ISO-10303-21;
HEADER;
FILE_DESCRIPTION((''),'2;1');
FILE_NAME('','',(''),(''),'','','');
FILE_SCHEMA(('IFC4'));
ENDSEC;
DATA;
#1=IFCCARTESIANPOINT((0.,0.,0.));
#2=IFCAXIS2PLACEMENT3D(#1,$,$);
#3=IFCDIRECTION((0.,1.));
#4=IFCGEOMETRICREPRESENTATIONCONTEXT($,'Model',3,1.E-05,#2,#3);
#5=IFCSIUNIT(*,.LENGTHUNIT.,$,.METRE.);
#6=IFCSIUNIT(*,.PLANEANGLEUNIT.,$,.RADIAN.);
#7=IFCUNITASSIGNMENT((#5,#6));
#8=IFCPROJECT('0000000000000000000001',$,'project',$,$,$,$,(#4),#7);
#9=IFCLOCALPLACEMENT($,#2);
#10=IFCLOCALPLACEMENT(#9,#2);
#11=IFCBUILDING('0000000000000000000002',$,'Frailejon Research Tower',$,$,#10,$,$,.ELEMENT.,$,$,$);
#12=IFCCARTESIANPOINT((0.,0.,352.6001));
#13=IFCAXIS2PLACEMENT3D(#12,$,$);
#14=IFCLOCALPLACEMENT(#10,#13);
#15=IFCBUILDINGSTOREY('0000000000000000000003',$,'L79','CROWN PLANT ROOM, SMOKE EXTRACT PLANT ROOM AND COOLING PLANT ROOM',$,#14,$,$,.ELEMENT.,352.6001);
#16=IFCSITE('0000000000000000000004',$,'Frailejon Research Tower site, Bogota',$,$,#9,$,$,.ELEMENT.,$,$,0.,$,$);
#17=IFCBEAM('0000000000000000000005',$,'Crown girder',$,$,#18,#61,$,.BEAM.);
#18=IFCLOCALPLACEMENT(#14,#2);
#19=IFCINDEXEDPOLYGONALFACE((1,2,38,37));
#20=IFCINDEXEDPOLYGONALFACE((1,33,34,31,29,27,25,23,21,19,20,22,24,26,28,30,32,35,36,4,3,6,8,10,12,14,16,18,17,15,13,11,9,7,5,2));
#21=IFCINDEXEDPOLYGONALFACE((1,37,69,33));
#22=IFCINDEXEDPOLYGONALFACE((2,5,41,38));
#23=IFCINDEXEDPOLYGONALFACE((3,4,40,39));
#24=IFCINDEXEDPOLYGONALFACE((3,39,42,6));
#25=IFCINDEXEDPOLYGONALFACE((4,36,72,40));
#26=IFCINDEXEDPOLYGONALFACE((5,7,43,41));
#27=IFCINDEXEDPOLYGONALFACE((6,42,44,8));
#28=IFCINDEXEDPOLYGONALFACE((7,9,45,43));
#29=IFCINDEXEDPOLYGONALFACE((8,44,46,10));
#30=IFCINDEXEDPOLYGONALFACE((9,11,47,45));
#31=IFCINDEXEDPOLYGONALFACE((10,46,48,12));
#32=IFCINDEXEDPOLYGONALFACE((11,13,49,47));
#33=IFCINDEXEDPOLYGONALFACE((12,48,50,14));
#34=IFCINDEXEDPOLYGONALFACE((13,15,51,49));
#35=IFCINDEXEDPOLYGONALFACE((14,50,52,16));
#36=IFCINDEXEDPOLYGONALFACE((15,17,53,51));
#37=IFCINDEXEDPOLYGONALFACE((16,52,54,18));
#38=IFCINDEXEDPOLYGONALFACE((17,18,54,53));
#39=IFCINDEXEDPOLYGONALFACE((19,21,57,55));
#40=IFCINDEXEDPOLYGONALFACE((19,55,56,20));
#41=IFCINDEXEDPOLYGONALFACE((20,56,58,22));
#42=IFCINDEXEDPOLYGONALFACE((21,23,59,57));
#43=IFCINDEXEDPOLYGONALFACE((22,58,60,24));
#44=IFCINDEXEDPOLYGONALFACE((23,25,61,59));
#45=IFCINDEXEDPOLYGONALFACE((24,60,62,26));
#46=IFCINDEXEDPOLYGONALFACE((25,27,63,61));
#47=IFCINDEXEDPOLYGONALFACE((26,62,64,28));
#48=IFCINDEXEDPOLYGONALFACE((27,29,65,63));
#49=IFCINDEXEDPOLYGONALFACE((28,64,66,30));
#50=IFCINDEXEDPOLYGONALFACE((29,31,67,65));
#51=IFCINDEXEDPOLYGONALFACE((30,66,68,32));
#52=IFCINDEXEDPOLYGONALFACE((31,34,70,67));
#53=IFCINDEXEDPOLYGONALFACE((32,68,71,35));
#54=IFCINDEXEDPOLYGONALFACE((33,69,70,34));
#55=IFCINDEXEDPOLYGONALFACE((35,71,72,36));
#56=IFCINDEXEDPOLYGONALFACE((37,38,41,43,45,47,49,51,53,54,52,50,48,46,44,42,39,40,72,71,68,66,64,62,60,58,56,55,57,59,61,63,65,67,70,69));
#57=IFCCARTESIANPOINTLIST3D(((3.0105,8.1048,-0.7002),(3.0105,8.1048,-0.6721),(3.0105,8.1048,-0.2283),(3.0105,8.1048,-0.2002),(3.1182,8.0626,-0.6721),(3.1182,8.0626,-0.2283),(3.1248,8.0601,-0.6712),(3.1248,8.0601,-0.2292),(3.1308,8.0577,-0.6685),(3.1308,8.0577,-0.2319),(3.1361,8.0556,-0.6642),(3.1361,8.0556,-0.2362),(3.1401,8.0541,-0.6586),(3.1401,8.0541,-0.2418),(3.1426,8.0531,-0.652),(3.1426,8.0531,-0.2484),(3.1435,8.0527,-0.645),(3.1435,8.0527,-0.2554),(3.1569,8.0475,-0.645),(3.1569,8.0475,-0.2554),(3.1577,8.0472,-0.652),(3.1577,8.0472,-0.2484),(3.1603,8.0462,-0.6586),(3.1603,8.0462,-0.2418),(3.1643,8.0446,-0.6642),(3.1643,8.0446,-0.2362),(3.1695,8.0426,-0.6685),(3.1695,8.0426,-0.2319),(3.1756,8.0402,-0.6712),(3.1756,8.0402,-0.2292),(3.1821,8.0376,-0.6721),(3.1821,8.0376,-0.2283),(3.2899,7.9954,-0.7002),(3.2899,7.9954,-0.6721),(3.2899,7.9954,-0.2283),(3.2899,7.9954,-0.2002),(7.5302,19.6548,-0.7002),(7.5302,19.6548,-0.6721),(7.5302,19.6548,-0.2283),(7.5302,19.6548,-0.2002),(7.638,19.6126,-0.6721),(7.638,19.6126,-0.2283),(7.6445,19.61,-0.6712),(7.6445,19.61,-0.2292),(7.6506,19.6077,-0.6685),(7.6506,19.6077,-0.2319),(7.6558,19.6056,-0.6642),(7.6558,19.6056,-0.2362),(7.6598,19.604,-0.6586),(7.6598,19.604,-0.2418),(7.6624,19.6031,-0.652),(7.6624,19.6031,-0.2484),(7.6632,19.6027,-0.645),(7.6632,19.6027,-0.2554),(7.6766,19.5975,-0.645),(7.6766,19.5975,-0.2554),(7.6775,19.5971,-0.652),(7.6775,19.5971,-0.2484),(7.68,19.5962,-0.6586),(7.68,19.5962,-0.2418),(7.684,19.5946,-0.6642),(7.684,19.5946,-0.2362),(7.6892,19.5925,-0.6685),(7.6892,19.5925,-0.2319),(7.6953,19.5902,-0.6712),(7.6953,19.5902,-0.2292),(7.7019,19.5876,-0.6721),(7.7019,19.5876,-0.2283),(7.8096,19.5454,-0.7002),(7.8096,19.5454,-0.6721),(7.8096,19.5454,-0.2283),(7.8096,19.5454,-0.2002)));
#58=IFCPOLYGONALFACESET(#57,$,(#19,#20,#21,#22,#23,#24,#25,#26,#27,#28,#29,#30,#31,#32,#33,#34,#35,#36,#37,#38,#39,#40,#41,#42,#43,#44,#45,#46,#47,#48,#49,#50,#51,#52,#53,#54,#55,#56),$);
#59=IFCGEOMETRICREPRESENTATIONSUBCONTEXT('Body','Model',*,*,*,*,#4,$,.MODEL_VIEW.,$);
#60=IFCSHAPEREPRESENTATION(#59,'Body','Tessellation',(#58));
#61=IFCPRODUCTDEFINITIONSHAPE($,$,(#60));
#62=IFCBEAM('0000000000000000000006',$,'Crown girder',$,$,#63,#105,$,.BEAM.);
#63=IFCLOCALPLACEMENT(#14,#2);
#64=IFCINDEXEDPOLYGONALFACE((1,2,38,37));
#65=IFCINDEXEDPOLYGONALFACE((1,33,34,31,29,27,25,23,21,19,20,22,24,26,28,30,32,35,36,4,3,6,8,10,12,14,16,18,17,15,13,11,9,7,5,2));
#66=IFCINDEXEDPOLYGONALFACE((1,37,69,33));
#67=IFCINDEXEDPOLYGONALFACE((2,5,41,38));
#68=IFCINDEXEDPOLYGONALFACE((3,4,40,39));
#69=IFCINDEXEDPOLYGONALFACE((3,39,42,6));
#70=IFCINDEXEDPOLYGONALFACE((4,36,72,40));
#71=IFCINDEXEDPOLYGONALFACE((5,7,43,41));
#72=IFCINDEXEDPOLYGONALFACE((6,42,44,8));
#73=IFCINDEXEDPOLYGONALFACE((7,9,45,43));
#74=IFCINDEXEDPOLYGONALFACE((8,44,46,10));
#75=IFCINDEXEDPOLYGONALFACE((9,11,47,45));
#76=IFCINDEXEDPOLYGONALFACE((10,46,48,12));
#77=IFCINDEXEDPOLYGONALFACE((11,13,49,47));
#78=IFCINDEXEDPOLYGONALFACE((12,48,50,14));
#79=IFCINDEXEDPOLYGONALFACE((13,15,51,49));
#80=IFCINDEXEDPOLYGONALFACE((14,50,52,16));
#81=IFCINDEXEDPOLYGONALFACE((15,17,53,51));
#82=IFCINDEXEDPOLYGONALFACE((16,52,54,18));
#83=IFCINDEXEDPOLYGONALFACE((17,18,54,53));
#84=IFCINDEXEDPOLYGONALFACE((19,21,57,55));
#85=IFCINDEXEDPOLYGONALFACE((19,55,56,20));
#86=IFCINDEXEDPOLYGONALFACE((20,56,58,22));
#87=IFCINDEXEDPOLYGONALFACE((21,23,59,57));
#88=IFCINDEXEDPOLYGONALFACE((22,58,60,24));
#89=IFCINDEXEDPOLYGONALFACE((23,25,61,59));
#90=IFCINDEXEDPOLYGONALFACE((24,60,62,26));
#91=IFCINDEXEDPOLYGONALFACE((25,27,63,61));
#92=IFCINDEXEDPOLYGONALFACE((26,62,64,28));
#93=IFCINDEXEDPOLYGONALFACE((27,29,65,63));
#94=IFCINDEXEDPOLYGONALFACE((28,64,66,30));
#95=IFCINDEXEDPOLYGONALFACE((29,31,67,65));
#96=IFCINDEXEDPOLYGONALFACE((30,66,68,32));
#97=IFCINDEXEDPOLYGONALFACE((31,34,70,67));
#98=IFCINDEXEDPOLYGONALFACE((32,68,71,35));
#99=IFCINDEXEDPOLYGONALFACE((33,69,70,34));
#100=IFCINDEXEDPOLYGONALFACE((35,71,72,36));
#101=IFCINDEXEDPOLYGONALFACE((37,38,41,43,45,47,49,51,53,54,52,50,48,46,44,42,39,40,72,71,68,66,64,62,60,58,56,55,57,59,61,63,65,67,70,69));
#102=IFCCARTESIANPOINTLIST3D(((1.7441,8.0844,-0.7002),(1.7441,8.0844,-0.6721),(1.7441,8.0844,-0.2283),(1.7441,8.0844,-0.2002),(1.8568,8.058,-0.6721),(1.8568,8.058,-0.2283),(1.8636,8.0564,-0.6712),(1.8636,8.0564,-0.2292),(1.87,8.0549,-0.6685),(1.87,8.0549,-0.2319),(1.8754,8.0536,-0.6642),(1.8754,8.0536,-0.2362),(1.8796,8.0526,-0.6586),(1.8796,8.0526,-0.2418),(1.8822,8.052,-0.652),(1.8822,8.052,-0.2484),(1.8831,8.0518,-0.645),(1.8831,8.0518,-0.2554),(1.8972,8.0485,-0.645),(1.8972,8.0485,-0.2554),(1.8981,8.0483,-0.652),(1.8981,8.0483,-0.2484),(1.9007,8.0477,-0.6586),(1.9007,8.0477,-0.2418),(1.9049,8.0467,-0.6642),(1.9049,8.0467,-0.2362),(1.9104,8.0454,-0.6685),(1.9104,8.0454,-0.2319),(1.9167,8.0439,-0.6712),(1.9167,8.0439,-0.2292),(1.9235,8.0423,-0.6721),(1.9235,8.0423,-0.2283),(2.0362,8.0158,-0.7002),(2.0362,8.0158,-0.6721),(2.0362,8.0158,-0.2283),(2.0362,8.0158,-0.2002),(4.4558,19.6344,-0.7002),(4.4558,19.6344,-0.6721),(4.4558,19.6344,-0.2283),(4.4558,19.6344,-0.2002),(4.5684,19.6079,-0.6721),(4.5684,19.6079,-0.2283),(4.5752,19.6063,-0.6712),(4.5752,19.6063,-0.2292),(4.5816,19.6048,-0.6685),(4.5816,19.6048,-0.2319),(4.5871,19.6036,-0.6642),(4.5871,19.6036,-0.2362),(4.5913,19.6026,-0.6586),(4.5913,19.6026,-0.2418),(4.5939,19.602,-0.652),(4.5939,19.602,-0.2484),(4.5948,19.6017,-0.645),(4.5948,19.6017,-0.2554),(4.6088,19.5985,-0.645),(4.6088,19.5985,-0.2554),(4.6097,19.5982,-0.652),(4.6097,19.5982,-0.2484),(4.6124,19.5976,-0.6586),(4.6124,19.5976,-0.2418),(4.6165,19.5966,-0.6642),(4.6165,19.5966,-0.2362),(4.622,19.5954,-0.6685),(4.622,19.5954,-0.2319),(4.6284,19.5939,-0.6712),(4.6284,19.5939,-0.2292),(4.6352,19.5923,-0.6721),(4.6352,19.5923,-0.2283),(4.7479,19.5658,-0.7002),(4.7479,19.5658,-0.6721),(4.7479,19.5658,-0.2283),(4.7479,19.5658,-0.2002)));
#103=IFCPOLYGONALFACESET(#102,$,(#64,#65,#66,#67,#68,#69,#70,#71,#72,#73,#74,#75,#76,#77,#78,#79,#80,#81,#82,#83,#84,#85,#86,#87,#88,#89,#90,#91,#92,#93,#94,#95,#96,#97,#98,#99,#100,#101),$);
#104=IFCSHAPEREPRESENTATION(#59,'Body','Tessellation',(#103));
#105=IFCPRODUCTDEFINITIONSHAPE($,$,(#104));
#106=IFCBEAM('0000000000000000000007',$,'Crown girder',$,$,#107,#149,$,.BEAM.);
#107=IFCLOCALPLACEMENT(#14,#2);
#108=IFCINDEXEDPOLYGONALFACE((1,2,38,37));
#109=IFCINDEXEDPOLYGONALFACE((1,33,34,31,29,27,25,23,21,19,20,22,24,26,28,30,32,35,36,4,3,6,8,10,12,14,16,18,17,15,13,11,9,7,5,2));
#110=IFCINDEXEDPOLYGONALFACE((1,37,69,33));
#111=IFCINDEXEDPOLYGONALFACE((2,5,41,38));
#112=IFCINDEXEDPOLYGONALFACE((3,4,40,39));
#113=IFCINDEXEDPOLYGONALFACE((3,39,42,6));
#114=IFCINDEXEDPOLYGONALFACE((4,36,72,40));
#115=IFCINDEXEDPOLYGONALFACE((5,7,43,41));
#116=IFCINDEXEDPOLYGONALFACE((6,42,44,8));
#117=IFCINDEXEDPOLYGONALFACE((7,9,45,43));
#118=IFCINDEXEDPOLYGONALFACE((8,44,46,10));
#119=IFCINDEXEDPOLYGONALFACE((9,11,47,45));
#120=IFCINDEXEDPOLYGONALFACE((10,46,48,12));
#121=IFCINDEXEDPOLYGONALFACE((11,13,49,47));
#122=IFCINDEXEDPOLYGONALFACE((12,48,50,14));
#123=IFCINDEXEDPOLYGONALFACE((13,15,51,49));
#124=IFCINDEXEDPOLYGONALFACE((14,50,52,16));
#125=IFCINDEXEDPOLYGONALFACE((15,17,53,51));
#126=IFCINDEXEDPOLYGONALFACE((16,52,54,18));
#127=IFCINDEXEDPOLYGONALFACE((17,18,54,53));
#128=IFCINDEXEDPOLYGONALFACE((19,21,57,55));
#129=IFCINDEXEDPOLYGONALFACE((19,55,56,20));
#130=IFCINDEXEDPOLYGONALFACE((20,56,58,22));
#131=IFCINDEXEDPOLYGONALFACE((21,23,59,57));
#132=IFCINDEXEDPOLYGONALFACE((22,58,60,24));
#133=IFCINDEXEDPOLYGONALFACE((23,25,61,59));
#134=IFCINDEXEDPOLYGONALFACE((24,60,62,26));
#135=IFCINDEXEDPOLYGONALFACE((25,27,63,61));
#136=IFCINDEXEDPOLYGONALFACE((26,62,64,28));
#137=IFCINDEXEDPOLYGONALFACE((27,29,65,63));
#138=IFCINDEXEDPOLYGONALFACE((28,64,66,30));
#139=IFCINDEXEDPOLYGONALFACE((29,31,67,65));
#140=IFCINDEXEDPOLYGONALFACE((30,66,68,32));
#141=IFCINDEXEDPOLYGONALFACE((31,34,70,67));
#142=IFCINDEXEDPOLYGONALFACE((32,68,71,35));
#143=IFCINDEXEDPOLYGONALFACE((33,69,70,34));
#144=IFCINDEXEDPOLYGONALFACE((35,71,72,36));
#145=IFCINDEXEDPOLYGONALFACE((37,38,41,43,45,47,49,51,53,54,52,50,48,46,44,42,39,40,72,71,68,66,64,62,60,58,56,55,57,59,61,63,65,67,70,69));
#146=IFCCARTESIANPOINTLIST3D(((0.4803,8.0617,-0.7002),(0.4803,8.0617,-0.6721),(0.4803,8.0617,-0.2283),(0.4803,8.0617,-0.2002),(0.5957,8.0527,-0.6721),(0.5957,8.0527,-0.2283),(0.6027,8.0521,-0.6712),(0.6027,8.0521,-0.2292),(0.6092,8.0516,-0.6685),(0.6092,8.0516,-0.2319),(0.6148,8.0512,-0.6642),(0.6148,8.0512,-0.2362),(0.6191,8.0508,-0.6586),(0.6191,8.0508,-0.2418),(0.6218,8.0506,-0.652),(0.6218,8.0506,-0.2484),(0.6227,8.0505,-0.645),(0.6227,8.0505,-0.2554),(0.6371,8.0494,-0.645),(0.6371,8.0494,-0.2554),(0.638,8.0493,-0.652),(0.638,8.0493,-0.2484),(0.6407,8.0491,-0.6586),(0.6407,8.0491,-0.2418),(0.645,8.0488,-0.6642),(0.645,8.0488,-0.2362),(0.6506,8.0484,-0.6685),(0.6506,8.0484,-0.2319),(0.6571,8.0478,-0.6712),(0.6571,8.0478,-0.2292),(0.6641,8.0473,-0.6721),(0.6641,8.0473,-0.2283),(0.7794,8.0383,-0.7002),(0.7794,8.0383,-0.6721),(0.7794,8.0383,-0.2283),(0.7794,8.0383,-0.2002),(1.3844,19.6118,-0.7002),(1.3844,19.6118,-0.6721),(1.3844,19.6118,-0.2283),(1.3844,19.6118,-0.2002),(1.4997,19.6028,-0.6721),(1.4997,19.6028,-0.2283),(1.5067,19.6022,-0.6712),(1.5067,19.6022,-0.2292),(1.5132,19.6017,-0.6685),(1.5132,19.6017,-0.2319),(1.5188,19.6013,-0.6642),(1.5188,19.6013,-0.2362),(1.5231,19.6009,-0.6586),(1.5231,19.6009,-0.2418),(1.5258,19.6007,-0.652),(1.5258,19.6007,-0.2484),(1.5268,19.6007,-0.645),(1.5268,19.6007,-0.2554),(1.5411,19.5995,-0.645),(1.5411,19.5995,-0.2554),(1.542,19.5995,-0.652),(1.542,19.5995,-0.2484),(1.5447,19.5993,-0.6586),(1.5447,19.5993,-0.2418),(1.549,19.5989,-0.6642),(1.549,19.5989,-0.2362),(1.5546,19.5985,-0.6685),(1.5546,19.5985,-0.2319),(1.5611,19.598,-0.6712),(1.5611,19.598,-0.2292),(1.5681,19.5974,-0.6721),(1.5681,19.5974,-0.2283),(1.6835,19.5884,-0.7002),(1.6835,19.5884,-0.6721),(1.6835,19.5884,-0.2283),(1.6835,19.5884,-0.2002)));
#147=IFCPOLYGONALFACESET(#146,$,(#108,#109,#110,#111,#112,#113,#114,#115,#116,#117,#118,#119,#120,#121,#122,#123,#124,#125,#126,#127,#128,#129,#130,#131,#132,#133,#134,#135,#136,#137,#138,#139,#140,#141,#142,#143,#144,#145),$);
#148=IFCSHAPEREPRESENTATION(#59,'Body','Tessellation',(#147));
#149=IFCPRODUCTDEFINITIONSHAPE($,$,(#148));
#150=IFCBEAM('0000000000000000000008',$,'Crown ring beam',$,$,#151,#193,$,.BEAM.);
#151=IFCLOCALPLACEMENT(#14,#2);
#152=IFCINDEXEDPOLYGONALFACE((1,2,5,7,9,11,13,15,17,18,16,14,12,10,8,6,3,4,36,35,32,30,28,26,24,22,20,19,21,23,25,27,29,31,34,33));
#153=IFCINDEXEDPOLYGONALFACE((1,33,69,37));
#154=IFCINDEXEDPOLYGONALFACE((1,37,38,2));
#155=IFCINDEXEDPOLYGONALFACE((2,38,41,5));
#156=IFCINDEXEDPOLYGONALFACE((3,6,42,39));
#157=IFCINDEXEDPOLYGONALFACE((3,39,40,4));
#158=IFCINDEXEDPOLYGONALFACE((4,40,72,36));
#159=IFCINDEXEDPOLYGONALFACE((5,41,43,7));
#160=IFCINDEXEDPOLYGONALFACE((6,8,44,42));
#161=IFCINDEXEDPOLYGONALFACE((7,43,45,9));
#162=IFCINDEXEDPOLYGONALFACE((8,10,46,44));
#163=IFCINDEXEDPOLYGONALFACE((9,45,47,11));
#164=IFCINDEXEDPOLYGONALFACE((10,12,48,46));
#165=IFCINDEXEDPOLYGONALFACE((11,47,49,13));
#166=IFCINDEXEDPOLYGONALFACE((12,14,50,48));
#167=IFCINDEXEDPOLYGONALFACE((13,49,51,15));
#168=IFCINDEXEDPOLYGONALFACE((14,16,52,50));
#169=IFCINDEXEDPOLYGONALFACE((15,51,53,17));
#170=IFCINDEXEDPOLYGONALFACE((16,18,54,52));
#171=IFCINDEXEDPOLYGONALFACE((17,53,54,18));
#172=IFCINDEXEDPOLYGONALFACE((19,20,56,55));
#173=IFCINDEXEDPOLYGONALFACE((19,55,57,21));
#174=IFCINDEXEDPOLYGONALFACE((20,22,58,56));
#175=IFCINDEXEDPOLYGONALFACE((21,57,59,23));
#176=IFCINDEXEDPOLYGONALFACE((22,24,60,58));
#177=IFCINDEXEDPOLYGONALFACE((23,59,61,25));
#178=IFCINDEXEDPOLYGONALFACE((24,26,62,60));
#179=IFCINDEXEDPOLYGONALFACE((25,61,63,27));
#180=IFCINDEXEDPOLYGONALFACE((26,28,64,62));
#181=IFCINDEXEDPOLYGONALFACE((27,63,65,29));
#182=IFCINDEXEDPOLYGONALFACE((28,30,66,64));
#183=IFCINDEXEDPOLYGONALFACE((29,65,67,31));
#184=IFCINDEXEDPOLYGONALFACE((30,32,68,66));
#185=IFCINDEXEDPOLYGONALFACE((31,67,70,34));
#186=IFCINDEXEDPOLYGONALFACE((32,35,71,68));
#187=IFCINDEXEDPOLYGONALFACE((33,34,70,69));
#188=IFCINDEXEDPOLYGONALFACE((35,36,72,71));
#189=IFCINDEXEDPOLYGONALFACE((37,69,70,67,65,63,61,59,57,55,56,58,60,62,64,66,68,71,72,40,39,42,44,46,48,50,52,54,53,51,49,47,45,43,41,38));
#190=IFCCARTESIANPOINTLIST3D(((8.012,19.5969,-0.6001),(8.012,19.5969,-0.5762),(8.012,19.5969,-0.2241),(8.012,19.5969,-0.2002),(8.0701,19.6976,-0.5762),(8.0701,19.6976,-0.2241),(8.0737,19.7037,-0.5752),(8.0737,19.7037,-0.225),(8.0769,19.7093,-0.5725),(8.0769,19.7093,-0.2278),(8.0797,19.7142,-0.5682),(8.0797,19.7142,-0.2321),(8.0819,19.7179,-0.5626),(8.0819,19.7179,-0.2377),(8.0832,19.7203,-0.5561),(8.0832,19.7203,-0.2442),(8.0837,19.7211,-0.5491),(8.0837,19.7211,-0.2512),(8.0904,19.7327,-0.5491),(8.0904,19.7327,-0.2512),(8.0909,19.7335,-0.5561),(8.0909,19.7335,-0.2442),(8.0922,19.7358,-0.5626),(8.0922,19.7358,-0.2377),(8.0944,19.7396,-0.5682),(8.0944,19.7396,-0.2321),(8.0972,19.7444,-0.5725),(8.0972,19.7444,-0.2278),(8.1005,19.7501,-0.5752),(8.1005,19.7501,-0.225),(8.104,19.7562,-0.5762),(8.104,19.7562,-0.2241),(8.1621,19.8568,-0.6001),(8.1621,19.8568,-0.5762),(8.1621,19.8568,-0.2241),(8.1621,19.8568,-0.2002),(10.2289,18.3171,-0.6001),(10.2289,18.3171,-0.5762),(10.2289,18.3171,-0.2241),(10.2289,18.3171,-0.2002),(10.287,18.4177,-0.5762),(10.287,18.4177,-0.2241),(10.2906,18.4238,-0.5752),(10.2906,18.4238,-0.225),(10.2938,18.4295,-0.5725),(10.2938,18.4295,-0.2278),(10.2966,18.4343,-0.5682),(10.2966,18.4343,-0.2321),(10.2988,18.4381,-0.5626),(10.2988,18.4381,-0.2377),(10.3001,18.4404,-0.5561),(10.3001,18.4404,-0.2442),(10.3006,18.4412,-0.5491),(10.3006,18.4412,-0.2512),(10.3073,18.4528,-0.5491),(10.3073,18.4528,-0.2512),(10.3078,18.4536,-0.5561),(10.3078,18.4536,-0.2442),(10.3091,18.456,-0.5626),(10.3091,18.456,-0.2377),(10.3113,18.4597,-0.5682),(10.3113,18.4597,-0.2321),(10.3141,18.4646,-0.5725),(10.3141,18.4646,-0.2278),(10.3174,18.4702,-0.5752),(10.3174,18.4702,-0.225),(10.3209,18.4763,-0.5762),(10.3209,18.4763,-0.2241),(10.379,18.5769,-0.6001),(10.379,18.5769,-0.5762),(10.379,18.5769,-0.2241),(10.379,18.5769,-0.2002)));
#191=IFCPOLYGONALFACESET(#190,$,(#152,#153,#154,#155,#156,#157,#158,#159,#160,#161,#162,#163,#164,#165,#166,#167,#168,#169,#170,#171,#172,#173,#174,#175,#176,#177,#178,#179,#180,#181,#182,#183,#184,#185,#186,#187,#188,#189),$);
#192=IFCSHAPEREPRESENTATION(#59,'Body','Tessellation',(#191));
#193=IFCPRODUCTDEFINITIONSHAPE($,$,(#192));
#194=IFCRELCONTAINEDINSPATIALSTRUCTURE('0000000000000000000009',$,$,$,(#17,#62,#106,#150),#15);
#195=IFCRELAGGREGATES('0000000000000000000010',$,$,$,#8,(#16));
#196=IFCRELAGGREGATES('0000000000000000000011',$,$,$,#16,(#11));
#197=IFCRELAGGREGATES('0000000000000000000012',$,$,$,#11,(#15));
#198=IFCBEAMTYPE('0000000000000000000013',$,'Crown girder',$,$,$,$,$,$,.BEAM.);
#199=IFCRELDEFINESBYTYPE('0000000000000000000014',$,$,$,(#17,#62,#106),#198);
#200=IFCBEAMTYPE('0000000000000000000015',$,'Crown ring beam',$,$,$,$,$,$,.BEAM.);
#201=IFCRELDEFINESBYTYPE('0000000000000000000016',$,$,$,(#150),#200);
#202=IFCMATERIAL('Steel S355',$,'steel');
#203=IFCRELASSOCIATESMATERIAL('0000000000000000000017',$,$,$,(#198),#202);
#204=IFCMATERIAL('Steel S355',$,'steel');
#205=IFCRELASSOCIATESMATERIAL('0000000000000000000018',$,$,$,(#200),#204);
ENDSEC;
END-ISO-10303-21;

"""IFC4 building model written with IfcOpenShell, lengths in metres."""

from ifc_helpers import new_model, si_unit, direction, frame, origin, origin_2d, place, context, subcontext, project, spatial, i_section, extrude, material, material_profile, profile_set, type_object, element, save


model = new_model("IFC4")

# Units and contexts
model_context = context("Model", 3, precision=1e-05, world=origin(), true_north=direction((0.0, 1.0)))
body_context = subcontext(model_context, "Body", "Model", "MODEL_VIEW")
ifc_project = project(units=[si_unit("LENGTHUNIT", "METRE"), si_unit("PLANEANGLEUNIT", "RADIAN")], contexts=[model_context])

# Site, building, storey
site_placement = place(None, origin())
site = spatial("IfcSite", under=ifc_project, at=site_placement, Name="Frailejon Research Tower site, Bogota", CompositionType="ELEMENT", RefElevation=0.0)
building_placement = place(site_placement, origin())
building = spatial("IfcBuilding", under=site, at=building_placement, Name="Frailejon Research Tower", CompositionType="ELEMENT")
storey_placement = place(building_placement, frame((0.0, 0.0, 352.6001)))
storey = spatial("IfcBuildingStorey", under=building, at=storey_placement, Name="L79", Description="CROWN PLANT ROOM, SMOKE EXTRACT PLANT ROOM AND COOLING PLANT ROOM", CompositionType="ELEMENT", Elevation=352.6001)

# Beams
ifc_material_1 = material(Name="Steel S355", Category="steel")
ifc_material_profile_1 = material_profile(ifc_material_1, i_section(OverallWidth=0.3, OverallDepth=0.5, WebThickness=0.0144, FlangeThickness=0.0281, FilletRadius=0.0271, at=origin_2d()), Name="HE 500 B")
ifc_profile_set_1 = profile_set([ifc_material_profile_1], Name="Steel S355")
beam_type_1 = type_object("IfcBeamType", Name="Crown girder", PredefinedType="BEAM", material=ifc_profile_set_1)
beam_1_placement = place(storey_placement, frame((7.6699, 19.6001, -0.4502), z_axis=(-0.364413, -0.931238, 0.0), x_axis=(0.931238, -0.364413, 0.0)))
element("IfcBeam", 1, at=beam_1_placement, inside=storey, type_object=beam_type_1, Name="Crown girder", PredefinedType="BEAM", context=body_context, shape_type="SweptSolid", body=[
    extrude(i_section(OverallWidth=0.3, OverallDepth=0.5, WebThickness=0.0144, FlangeThickness=0.0281, FilletRadius=0.0271, at=origin_2d()), origin(), (0.0, 0.0, 1.0), 12.4028),
])
beam_2_placement = place(storey_placement, frame((4.6018, 19.6001, -0.4502), z_axis=(-0.228561, -0.97353, 0.0), x_axis=(0.97353, -0.228561, 0.0)))
element("IfcBeam", 2, at=beam_2_placement, inside=storey, type_object=beam_type_1, Name="Crown girder", PredefinedType="BEAM", context=body_context, shape_type="SweptSolid", body=[
    extrude(i_section(OverallWidth=0.3, OverallDepth=0.5, WebThickness=0.0144, FlangeThickness=0.0281, FilletRadius=0.0271, at=origin_2d()), origin(), (0.0, 0.0, 1.0), 11.864),
])
beam_3_placement = place(storey_placement, frame((1.5339, 19.6001, -0.4502), z_axis=(-0.078034, -0.996951, 0.0), x_axis=(0.996951, -0.078034, 0.0)))
element("IfcBeam", 3, at=beam_3_placement, inside=storey, type_object=beam_type_1, Name="Crown girder", PredefinedType="BEAM", context=body_context, shape_type="SweptSolid", body=[
    extrude(i_section(OverallWidth=0.3, OverallDepth=0.5, WebThickness=0.0144, FlangeThickness=0.0281, FilletRadius=0.0271, at=origin_2d()), origin(), (0.0, 0.0, 1.0), 11.5854),
])
ifc_material_2 = material(Name="Steel S355", Category="steel")
ifc_material_profile_2 = material_profile(ifc_material_2, i_section(OverallWidth=0.3, OverallDepth=0.3999, WebThickness=0.0134, FlangeThickness=0.0239, FilletRadius=0.0271, at=origin_2d()), Name="HE 400 B")
ifc_profile_set_2 = profile_set([ifc_material_profile_2], Name="Steel S355")
beam_type_2 = type_object("IfcBeamType", Name="Crown ring beam", PredefinedType="BEAM", material=ifc_profile_set_2)
beam_4_placement = place(storey_placement, frame((10.304, 18.447, -0.4001), z_axis=(-0.866039, 0.499976, 0.0), x_axis=(-0.499976, -0.866039, 0.0)))
element("IfcBeam", 4, at=beam_4_placement, inside=storey, type_object=beam_type_2, Name="Crown ring beam", PredefinedType="BEAM", context=body_context, shape_type="SweptSolid", body=[
    extrude(i_section(OverallWidth=0.3, OverallDepth=0.3999, WebThickness=0.0134, FlangeThickness=0.0239, FilletRadius=0.0271, at=origin_2d()), origin(), (0.0, 0.0, 1.0), 2.5598),
])

save(model, "model.ifc")
